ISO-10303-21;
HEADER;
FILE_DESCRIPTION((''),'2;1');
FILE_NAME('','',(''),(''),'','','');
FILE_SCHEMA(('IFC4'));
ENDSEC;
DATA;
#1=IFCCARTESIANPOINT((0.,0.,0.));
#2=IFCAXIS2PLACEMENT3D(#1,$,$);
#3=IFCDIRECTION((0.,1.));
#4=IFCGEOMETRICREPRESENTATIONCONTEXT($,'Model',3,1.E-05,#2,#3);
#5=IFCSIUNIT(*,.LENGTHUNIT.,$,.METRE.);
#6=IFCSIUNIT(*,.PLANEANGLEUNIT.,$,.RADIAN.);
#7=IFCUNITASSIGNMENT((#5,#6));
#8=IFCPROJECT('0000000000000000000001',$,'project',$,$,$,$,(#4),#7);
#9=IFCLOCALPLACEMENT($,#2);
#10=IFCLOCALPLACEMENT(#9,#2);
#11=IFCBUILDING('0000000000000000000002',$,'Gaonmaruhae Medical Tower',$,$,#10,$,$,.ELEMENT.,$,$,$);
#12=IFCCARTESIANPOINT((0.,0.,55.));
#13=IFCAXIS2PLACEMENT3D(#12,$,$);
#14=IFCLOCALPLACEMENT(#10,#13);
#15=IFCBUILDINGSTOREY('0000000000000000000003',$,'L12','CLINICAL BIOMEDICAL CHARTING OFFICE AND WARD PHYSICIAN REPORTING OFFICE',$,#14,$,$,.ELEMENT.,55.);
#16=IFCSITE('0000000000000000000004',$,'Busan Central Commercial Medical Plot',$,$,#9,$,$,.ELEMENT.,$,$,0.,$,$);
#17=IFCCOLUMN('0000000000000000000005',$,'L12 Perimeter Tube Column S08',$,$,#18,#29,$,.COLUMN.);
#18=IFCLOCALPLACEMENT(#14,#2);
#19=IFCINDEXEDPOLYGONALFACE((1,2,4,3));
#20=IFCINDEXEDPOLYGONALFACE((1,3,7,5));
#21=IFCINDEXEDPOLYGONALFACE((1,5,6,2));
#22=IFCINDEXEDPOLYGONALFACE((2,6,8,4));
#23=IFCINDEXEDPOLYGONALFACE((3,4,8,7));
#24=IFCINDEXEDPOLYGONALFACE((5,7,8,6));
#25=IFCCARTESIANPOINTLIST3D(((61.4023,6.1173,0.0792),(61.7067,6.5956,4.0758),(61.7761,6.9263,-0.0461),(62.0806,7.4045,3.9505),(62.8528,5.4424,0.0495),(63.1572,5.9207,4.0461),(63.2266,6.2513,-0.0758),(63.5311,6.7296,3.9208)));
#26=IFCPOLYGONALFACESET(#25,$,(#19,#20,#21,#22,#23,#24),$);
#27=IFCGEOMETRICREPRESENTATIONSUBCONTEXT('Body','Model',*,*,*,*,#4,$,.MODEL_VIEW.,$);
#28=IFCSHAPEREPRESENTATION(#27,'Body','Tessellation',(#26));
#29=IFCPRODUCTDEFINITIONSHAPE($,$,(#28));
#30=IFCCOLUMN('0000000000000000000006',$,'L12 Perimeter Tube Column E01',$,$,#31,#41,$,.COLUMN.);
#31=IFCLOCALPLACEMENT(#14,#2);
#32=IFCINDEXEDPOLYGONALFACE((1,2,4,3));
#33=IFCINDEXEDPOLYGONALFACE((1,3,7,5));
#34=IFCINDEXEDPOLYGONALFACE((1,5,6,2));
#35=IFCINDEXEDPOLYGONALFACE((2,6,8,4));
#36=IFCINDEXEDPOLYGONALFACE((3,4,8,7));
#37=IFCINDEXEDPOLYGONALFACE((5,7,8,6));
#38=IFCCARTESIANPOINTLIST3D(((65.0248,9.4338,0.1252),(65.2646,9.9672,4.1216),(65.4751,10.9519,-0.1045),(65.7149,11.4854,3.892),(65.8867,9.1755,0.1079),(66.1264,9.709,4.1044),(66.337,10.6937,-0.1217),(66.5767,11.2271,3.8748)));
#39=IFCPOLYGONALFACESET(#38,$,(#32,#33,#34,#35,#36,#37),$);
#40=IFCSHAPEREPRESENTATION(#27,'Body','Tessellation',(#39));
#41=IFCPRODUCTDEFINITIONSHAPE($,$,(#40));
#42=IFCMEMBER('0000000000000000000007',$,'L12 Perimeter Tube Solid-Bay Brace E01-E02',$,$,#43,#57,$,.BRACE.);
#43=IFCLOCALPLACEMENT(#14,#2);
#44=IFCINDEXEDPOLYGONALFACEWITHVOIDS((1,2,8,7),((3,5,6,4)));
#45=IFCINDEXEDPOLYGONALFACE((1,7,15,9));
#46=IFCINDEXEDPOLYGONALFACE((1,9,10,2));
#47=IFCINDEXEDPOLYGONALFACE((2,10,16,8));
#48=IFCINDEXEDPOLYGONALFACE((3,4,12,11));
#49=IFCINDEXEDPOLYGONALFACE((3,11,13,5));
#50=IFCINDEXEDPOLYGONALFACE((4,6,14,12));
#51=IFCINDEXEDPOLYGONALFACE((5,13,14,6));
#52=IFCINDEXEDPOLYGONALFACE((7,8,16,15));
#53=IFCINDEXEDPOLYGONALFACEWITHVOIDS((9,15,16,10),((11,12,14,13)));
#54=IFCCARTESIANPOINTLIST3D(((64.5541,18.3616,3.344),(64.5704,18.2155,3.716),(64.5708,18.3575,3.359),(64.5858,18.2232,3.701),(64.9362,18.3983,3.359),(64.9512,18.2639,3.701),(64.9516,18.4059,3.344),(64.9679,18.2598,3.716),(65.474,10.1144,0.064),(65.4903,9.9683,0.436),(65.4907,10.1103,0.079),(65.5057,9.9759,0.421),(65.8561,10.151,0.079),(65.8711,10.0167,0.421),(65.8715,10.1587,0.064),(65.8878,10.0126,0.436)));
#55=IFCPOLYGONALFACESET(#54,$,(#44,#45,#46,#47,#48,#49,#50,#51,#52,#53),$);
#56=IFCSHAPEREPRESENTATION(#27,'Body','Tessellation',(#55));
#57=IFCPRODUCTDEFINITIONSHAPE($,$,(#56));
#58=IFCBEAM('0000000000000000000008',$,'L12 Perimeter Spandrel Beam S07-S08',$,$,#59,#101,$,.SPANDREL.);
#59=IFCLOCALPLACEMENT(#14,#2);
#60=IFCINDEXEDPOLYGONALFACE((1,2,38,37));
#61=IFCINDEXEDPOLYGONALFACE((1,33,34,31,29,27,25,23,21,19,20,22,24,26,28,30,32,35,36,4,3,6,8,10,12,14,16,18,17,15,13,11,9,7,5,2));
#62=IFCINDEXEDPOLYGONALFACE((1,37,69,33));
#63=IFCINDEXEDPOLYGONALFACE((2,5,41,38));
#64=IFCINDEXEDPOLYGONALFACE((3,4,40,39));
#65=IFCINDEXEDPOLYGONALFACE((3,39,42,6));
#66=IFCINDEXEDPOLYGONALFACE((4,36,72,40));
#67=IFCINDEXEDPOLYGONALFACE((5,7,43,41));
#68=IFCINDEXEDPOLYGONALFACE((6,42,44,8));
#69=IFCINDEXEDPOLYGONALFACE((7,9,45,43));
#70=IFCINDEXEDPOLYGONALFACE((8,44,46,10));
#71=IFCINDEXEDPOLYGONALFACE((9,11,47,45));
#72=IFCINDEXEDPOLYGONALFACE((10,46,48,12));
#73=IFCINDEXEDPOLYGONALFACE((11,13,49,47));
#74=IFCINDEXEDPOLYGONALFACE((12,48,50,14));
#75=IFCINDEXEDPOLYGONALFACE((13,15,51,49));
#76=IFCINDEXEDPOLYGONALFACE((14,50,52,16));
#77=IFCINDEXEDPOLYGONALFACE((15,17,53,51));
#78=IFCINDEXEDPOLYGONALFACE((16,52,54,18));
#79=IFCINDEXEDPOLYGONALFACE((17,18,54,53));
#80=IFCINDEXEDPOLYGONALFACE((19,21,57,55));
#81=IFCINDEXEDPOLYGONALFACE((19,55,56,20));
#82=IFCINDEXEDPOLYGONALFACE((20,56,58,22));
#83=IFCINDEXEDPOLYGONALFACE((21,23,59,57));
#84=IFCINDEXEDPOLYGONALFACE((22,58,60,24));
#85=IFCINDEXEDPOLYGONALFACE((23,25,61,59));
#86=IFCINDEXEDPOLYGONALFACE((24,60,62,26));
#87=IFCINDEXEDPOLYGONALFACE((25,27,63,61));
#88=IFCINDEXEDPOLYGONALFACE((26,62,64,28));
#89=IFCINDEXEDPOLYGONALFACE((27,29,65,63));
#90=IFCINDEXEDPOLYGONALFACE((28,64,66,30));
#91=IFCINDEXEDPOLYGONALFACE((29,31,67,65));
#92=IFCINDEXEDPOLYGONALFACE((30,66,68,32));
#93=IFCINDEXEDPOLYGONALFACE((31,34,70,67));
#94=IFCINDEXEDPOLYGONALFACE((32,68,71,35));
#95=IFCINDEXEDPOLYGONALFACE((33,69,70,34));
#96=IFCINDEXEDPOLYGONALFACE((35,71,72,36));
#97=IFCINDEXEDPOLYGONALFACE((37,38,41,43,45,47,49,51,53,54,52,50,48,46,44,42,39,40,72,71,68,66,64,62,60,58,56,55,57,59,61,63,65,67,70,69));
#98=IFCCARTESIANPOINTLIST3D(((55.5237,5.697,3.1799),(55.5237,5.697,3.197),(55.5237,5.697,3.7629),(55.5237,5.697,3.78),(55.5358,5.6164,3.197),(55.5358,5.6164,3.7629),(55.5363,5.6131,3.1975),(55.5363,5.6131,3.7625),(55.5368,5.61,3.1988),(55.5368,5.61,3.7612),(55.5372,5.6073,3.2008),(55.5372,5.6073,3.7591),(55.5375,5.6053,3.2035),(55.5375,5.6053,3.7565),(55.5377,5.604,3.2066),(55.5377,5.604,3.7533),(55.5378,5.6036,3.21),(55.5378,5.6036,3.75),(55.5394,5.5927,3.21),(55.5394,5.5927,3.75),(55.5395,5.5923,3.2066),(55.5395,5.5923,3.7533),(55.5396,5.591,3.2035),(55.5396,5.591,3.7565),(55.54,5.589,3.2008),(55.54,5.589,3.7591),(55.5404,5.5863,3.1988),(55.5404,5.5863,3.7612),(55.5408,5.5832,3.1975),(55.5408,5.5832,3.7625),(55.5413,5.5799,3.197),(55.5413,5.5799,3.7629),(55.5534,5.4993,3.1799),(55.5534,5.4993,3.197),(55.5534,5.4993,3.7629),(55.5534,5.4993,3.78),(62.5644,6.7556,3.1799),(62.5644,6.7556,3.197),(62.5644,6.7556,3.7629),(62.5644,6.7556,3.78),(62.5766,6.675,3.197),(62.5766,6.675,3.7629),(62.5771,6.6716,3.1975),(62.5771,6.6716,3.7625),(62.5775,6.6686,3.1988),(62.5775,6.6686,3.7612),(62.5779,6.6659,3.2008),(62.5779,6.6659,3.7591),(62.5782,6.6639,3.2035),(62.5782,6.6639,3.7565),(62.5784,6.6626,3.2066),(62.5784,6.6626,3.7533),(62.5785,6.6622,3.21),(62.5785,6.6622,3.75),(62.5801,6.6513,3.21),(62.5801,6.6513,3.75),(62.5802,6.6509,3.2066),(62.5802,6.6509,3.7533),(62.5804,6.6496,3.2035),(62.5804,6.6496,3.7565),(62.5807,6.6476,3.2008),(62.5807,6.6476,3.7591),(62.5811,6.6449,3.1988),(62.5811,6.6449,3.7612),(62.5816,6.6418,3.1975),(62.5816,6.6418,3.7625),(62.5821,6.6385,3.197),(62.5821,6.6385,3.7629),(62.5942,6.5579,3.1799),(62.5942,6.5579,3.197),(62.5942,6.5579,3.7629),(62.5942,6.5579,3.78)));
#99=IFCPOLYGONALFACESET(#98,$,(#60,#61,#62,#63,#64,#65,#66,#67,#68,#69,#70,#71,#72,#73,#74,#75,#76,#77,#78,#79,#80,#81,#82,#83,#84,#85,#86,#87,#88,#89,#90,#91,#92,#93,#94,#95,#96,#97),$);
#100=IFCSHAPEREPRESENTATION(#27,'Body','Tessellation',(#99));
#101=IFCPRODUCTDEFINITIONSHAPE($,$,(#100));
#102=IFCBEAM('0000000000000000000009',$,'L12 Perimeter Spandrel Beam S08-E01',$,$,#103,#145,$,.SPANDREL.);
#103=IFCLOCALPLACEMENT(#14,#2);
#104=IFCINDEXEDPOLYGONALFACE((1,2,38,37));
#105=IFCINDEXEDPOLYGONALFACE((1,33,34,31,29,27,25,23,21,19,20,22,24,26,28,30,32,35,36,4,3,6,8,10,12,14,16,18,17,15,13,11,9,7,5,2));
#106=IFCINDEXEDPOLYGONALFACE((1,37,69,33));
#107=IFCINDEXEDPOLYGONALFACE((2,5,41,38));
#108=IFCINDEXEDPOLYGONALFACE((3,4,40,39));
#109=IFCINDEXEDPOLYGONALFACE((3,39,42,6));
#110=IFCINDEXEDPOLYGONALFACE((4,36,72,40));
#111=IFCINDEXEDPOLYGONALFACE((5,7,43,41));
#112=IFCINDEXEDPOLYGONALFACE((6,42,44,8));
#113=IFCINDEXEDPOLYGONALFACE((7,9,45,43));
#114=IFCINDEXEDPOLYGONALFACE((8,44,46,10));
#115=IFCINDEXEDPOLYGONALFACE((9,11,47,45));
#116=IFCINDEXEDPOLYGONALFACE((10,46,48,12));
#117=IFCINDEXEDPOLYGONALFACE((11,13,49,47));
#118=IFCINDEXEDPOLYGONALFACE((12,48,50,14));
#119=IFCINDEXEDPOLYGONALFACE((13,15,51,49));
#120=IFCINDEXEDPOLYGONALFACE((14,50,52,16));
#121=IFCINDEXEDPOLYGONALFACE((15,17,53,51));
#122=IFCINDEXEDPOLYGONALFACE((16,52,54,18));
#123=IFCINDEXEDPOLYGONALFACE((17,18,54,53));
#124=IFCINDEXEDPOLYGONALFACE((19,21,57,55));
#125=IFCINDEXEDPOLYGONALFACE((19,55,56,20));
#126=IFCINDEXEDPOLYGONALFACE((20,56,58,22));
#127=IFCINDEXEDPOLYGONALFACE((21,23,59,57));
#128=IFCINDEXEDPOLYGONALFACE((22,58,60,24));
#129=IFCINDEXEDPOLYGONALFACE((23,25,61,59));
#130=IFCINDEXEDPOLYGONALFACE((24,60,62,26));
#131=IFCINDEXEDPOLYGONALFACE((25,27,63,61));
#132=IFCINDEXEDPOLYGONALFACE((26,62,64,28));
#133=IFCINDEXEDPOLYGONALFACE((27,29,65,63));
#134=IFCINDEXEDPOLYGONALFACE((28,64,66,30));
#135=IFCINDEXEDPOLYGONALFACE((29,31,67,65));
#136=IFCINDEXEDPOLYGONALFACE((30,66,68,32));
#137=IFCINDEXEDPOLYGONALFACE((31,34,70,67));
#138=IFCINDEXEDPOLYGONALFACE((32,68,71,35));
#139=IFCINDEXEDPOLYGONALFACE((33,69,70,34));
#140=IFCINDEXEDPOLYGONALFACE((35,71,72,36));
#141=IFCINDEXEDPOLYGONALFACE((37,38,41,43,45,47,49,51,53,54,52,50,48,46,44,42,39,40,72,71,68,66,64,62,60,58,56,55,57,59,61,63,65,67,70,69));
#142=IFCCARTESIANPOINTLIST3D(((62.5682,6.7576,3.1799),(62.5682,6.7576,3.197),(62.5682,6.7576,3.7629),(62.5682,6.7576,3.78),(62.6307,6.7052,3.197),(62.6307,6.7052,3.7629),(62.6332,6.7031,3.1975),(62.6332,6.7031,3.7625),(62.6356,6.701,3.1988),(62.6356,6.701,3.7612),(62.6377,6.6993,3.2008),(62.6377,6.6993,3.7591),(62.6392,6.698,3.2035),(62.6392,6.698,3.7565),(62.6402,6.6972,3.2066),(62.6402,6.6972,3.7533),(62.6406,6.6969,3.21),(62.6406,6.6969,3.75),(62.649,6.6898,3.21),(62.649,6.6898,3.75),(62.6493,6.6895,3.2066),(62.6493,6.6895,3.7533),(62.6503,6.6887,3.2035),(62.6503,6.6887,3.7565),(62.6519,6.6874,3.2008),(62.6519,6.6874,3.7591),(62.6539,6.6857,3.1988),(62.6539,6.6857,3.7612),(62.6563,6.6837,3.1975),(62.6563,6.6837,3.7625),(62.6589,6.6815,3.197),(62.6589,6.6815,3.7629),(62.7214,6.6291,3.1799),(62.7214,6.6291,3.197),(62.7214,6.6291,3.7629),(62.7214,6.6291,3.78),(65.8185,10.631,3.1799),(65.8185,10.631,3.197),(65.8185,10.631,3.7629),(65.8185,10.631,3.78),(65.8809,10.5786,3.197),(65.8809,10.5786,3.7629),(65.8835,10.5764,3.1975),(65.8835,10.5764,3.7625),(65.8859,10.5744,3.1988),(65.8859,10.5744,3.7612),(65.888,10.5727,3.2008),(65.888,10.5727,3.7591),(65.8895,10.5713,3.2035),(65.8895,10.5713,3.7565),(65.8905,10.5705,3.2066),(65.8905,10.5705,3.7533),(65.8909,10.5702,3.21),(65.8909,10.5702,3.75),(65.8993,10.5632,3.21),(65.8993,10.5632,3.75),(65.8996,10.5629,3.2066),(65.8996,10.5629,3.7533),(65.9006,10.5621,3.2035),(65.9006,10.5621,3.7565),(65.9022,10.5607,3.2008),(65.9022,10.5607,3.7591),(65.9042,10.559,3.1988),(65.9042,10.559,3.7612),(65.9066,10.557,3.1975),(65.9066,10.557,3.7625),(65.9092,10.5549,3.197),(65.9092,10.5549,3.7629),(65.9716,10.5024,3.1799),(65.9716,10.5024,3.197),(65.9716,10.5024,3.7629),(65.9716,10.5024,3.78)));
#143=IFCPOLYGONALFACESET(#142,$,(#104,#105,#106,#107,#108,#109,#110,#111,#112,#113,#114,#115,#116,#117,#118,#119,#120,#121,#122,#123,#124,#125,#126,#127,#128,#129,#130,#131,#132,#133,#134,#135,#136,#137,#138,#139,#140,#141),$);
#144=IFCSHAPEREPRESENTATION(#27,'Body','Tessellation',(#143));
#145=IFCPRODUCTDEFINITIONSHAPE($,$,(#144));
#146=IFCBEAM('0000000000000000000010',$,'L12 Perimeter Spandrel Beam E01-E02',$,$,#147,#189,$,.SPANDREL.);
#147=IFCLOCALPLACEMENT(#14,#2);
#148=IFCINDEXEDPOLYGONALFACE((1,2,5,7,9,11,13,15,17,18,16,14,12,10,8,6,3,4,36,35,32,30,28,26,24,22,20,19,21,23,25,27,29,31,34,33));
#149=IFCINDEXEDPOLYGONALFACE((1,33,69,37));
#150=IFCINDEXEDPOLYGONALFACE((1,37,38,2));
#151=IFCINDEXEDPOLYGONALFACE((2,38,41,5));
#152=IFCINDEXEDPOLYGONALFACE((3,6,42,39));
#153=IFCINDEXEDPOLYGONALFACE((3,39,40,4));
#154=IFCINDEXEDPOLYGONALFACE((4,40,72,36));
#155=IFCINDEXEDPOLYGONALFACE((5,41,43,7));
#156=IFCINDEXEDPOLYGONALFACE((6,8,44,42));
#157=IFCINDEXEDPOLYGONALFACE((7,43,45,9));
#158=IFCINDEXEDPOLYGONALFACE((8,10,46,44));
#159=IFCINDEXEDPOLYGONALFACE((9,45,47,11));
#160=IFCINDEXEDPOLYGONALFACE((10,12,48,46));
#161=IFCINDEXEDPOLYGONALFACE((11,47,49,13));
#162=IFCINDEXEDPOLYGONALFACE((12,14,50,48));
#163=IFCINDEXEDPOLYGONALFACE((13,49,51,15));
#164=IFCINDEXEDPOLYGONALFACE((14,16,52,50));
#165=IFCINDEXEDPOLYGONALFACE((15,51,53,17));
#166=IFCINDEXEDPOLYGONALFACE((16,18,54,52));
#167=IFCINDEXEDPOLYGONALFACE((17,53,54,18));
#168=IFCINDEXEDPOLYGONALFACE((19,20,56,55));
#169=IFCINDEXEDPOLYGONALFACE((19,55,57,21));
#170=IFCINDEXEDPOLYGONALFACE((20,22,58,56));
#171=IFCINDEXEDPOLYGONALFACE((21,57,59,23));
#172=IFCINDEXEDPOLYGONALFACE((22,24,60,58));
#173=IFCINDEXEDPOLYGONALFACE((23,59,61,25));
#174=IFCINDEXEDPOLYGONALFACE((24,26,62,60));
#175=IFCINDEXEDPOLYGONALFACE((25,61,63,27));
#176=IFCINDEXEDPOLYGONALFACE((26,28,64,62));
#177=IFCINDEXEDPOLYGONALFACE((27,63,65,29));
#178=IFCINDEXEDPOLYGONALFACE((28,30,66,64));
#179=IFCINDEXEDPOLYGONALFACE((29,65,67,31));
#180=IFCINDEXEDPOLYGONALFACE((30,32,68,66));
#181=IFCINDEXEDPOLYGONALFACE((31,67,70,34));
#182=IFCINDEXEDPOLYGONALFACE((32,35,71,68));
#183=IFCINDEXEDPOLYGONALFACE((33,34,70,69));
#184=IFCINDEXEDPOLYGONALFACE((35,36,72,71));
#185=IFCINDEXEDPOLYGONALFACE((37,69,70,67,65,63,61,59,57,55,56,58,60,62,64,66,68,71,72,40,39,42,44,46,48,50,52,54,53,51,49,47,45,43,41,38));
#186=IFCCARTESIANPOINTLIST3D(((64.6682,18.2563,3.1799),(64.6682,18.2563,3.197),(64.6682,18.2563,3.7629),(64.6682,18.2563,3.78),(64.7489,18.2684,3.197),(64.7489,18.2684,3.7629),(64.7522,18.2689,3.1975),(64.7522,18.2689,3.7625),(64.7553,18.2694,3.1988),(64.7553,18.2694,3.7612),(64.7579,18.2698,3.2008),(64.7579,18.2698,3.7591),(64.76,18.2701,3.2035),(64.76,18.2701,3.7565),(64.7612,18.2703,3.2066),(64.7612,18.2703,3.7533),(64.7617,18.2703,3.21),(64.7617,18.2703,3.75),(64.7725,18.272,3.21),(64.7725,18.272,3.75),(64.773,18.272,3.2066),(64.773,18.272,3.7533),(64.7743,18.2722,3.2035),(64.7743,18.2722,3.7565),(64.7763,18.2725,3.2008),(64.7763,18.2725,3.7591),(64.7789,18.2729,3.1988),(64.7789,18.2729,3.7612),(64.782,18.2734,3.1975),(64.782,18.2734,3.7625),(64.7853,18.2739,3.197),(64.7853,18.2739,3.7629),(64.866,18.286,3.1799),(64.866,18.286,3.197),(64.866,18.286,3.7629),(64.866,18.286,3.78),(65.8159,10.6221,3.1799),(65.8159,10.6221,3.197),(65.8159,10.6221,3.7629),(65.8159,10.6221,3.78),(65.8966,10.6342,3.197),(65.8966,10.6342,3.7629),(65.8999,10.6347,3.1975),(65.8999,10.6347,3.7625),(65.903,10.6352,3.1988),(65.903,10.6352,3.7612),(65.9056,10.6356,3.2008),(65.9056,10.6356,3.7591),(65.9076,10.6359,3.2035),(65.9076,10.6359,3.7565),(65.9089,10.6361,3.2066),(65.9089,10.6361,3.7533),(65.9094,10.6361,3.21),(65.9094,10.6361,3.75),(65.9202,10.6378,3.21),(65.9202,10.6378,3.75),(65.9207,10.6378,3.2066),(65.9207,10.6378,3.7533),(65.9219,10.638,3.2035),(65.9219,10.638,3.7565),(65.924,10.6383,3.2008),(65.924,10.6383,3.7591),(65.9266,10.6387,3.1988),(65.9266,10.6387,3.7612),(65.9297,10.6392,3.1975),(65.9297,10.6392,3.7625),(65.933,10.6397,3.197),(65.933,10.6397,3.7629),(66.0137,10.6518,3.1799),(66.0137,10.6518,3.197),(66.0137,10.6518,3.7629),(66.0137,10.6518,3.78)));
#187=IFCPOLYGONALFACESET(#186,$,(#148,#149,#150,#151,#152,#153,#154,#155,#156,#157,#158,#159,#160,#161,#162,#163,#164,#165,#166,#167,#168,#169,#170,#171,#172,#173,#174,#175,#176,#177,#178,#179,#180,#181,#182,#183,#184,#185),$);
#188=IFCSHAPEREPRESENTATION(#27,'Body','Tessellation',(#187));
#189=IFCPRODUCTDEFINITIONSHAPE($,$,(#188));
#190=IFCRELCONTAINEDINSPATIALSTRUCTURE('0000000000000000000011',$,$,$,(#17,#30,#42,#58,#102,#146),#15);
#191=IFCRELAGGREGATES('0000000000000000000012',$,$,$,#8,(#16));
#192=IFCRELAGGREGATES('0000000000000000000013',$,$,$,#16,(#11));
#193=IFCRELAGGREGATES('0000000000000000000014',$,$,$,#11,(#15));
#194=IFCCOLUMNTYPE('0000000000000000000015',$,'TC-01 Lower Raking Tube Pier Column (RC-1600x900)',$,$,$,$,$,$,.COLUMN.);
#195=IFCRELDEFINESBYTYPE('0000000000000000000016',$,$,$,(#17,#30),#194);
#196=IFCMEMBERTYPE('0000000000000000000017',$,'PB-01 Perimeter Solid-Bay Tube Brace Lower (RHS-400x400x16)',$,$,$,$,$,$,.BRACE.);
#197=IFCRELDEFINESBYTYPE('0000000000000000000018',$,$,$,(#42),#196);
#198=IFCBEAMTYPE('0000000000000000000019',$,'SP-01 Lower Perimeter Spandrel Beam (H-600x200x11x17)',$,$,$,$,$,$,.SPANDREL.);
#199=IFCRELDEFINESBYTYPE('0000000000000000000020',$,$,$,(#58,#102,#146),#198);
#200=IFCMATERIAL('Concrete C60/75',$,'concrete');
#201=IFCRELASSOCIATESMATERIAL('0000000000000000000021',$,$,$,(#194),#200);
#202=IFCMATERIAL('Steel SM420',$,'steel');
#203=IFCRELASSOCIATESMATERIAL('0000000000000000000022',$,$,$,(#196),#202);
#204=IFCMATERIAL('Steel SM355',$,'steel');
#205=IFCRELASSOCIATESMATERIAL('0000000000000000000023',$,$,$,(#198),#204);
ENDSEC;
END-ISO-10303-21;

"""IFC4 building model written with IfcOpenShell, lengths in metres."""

from ifc_helpers import new_model, si_unit, direction, frame, origin, origin_2d, place, context, subcontext, project, spatial, rectangle, hollow_rectangle, i_section, extrude, material, material_profile, profile_set, type_object, element, save


model = new_model("IFC4")

# Units and contexts
model_context = context("Model", 3, precision=1e-05, world=origin(), true_north=direction((0.0, 1.0)))
body_context = subcontext(model_context, "Body", "Model", "MODEL_VIEW")
ifc_project = project(units=[si_unit("LENGTHUNIT", "METRE"), si_unit("PLANEANGLEUNIT", "RADIAN")], contexts=[model_context])

# Site, building, storey
site_placement = place(None, origin())
site = spatial("IfcSite", under=ifc_project, at=site_placement, Name="Busan Central Commercial Medical Plot", CompositionType="ELEMENT", RefElevation=0.0)
building_placement = place(site_placement, origin())
building = spatial("IfcBuilding", under=site, at=building_placement, Name="Gaonmaruhae Medical Tower", CompositionType="ELEMENT")
storey_placement = place(building_placement, frame((0.0, 0.0, 55.0)))
storey = spatial("IfcBuildingStorey", under=building, at=storey_placement, Name="L12", Description="CLINICAL BIOMEDICAL CHARTING OFFICE AND WARD PHYSICIAN REPORTING OFFICE", CompositionType="ELEMENT", Elevation=55.0)

# Columns
ifc_material_1 = material(Name="Concrete C60/75", Category="concrete")
ifc_material_profile_1 = material_profile(ifc_material_1, rectangle(XDim=1.6001, YDim=0.8999, at=origin_2d()), Name="RC-1600x900")
ifc_profile_set_1 = profile_set([ifc_material_profile_1], Name="Concrete C60/75")
column_type = type_object("IfcColumnType", Name="TC-01 Lower Raking Tube Pier Column (RC-1600x900)", PredefinedType="COLUMN", material=ifc_profile_set_1)
column_1_placement = place(storey_placement, frame((62.3145, 6.1843, 0.0017), z_axis=(0.075421, 0.118484, 0.990088), x_axis=(-0.906496, 0.421806, 0.018576)))
element("IfcColumn", 1, at=column_1_placement, inside=storey, type_object=column_type, Name="L12 Perimeter Tube Column S08", PredefinedType="COLUMN", context=body_context, shape_type="SweptSolid", body=[
    extrude(rectangle(XDim=1.6001, YDim=0.8999, at=origin_2d()), origin(), (0.0, 0.0, 1.0), 4.0366),
])
column_2_placement = place(storey_placement, frame((65.6809, 10.0637, 0.0017), z_axis=(0.059356, 0.132069, 0.989462), x_axis=(-0.281414, -0.948793, 0.143522)))
element("IfcColumn", 2, at=column_2_placement, inside=storey, type_object=column_type, Name="L12 Perimeter Tube Column E01", PredefinedType="COLUMN", context=body_context, shape_type="SweptSolid", body=[
    extrude(rectangle(XDim=1.6001, YDim=0.8999, at=origin_2d()), origin(), (0.0, 0.0, 1.0), 4.0391),
])

# Member
ifc_material_2 = material(Name="Steel SM420", Category="steel")
ifc_material_profile_2 = material_profile(ifc_material_2, hollow_rectangle(XDim=0.3999, YDim=0.3999, WallThickness=0.0161, at=origin_2d()), Name="RHS-400x400x16")
ifc_profile_set_2 = profile_set([ifc_material_profile_2], Name="Steel SM420")
member_type = type_object("IfcMemberType", Name="PB-01 Perimeter Solid-Bay Tube Brace Lower (RHS-400x400x16)", PredefinedType="BRACE", material=ifc_profile_set_2)
member_placement = place(storey_placement, frame((65.6809, 10.0635, 0.25), z_axis=(-0.103094, 0.924258, 0.367585), x_axis=(-0.993837, -0.110855, 0.0)))
element("IfcMember", 3, at=member_placement, inside=storey, type_object=member_type, Name="L12 Perimeter Tube Solid-Bay Brace E01-E02", PredefinedType="BRACE", context=body_context, shape_type="SweptSolid", body=[
    extrude(hollow_rectangle(XDim=0.3999, YDim=0.3999, WallThickness=0.0161, at=origin_2d()), origin(), (0.0, 0.0, 1.0), 8.9231),
])

# Beams
ifc_material_3 = material(Name="Steel SM355", Category="steel")
ifc_material_profile_3 = material_profile(ifc_material_3, i_section(OverallWidth=0.2, OverallDepth=0.6001, WebThickness=0.011, FlangeThickness=0.0171, FilletRadius=0.0129, at=origin_2d()), Name="H-600x200x11x17")
ifc_profile_set_3 = profile_set([ifc_material_profile_3], Name="Steel SM355")
beam_type = type_object("IfcBeamType", Name="SP-01 Lower Perimeter Spandrel Beam (H-600x200x11x17)", PredefinedType="SPANDREL", material=ifc_profile_set_3)
beam_1_placement = place(storey_placement, frame((55.5386, 5.5981, 3.48), z_axis=(0.988885, 0.148681, 0.0), x_axis=(-0.148681, 0.988885, 0.0)))
element("IfcBeam", 4, at=beam_1_placement, inside=storey, type_object=beam_type, Name="L12 Perimeter Spandrel Beam S07-S08", PredefinedType="SPANDREL", context=body_context, shape_type="SweptSolid", body=[
    extrude(i_section(OverallWidth=0.2, OverallDepth=0.6001, WebThickness=0.011, FlangeThickness=0.0171, FilletRadius=0.0129, at=origin_2d()), origin(), (0.0, 0.0, 1.0), 7.1199),
])
beam_2_placement = place(storey_placement, frame((62.6448, 6.6934, 3.48), z_axis=(0.642807, 0.766028, 0.0), x_axis=(-0.766028, 0.642807, 0.0)))
element("IfcBeam", 5, at=beam_2_placement, inside=storey, type_object=beam_type, Name="L12 Perimeter Spandrel Beam S08-E01", PredefinedType="SPANDREL", context=body_context, shape_type="SweptSolid", body=[
    extrude(i_section(OverallWidth=0.2, OverallDepth=0.6001, WebThickness=0.011, FlangeThickness=0.0171, FilletRadius=0.0129, at=origin_2d()), origin(), (0.0, 0.0, 1.0), 5.0564),
])
beam_3_placement = place(storey_placement, frame((65.9148, 10.637, 3.48), z_axis=(-0.148665, 0.988888, 0.0), x_axis=(-0.988888, -0.148665, 0.0)))
element("IfcBeam", 6, at=beam_3_placement, inside=storey, type_object=beam_type, Name="L12 Perimeter Spandrel Beam E01-E02", PredefinedType="SPANDREL", context=body_context, shape_type="SweptSolid", body=[
    extrude(i_section(OverallWidth=0.2, OverallDepth=0.6001, WebThickness=0.011, FlangeThickness=0.0171, FilletRadius=0.0129, at=origin_2d()), origin(), (0.0, 0.0, 1.0), 7.72),
])

save(model, "model.ifc")
